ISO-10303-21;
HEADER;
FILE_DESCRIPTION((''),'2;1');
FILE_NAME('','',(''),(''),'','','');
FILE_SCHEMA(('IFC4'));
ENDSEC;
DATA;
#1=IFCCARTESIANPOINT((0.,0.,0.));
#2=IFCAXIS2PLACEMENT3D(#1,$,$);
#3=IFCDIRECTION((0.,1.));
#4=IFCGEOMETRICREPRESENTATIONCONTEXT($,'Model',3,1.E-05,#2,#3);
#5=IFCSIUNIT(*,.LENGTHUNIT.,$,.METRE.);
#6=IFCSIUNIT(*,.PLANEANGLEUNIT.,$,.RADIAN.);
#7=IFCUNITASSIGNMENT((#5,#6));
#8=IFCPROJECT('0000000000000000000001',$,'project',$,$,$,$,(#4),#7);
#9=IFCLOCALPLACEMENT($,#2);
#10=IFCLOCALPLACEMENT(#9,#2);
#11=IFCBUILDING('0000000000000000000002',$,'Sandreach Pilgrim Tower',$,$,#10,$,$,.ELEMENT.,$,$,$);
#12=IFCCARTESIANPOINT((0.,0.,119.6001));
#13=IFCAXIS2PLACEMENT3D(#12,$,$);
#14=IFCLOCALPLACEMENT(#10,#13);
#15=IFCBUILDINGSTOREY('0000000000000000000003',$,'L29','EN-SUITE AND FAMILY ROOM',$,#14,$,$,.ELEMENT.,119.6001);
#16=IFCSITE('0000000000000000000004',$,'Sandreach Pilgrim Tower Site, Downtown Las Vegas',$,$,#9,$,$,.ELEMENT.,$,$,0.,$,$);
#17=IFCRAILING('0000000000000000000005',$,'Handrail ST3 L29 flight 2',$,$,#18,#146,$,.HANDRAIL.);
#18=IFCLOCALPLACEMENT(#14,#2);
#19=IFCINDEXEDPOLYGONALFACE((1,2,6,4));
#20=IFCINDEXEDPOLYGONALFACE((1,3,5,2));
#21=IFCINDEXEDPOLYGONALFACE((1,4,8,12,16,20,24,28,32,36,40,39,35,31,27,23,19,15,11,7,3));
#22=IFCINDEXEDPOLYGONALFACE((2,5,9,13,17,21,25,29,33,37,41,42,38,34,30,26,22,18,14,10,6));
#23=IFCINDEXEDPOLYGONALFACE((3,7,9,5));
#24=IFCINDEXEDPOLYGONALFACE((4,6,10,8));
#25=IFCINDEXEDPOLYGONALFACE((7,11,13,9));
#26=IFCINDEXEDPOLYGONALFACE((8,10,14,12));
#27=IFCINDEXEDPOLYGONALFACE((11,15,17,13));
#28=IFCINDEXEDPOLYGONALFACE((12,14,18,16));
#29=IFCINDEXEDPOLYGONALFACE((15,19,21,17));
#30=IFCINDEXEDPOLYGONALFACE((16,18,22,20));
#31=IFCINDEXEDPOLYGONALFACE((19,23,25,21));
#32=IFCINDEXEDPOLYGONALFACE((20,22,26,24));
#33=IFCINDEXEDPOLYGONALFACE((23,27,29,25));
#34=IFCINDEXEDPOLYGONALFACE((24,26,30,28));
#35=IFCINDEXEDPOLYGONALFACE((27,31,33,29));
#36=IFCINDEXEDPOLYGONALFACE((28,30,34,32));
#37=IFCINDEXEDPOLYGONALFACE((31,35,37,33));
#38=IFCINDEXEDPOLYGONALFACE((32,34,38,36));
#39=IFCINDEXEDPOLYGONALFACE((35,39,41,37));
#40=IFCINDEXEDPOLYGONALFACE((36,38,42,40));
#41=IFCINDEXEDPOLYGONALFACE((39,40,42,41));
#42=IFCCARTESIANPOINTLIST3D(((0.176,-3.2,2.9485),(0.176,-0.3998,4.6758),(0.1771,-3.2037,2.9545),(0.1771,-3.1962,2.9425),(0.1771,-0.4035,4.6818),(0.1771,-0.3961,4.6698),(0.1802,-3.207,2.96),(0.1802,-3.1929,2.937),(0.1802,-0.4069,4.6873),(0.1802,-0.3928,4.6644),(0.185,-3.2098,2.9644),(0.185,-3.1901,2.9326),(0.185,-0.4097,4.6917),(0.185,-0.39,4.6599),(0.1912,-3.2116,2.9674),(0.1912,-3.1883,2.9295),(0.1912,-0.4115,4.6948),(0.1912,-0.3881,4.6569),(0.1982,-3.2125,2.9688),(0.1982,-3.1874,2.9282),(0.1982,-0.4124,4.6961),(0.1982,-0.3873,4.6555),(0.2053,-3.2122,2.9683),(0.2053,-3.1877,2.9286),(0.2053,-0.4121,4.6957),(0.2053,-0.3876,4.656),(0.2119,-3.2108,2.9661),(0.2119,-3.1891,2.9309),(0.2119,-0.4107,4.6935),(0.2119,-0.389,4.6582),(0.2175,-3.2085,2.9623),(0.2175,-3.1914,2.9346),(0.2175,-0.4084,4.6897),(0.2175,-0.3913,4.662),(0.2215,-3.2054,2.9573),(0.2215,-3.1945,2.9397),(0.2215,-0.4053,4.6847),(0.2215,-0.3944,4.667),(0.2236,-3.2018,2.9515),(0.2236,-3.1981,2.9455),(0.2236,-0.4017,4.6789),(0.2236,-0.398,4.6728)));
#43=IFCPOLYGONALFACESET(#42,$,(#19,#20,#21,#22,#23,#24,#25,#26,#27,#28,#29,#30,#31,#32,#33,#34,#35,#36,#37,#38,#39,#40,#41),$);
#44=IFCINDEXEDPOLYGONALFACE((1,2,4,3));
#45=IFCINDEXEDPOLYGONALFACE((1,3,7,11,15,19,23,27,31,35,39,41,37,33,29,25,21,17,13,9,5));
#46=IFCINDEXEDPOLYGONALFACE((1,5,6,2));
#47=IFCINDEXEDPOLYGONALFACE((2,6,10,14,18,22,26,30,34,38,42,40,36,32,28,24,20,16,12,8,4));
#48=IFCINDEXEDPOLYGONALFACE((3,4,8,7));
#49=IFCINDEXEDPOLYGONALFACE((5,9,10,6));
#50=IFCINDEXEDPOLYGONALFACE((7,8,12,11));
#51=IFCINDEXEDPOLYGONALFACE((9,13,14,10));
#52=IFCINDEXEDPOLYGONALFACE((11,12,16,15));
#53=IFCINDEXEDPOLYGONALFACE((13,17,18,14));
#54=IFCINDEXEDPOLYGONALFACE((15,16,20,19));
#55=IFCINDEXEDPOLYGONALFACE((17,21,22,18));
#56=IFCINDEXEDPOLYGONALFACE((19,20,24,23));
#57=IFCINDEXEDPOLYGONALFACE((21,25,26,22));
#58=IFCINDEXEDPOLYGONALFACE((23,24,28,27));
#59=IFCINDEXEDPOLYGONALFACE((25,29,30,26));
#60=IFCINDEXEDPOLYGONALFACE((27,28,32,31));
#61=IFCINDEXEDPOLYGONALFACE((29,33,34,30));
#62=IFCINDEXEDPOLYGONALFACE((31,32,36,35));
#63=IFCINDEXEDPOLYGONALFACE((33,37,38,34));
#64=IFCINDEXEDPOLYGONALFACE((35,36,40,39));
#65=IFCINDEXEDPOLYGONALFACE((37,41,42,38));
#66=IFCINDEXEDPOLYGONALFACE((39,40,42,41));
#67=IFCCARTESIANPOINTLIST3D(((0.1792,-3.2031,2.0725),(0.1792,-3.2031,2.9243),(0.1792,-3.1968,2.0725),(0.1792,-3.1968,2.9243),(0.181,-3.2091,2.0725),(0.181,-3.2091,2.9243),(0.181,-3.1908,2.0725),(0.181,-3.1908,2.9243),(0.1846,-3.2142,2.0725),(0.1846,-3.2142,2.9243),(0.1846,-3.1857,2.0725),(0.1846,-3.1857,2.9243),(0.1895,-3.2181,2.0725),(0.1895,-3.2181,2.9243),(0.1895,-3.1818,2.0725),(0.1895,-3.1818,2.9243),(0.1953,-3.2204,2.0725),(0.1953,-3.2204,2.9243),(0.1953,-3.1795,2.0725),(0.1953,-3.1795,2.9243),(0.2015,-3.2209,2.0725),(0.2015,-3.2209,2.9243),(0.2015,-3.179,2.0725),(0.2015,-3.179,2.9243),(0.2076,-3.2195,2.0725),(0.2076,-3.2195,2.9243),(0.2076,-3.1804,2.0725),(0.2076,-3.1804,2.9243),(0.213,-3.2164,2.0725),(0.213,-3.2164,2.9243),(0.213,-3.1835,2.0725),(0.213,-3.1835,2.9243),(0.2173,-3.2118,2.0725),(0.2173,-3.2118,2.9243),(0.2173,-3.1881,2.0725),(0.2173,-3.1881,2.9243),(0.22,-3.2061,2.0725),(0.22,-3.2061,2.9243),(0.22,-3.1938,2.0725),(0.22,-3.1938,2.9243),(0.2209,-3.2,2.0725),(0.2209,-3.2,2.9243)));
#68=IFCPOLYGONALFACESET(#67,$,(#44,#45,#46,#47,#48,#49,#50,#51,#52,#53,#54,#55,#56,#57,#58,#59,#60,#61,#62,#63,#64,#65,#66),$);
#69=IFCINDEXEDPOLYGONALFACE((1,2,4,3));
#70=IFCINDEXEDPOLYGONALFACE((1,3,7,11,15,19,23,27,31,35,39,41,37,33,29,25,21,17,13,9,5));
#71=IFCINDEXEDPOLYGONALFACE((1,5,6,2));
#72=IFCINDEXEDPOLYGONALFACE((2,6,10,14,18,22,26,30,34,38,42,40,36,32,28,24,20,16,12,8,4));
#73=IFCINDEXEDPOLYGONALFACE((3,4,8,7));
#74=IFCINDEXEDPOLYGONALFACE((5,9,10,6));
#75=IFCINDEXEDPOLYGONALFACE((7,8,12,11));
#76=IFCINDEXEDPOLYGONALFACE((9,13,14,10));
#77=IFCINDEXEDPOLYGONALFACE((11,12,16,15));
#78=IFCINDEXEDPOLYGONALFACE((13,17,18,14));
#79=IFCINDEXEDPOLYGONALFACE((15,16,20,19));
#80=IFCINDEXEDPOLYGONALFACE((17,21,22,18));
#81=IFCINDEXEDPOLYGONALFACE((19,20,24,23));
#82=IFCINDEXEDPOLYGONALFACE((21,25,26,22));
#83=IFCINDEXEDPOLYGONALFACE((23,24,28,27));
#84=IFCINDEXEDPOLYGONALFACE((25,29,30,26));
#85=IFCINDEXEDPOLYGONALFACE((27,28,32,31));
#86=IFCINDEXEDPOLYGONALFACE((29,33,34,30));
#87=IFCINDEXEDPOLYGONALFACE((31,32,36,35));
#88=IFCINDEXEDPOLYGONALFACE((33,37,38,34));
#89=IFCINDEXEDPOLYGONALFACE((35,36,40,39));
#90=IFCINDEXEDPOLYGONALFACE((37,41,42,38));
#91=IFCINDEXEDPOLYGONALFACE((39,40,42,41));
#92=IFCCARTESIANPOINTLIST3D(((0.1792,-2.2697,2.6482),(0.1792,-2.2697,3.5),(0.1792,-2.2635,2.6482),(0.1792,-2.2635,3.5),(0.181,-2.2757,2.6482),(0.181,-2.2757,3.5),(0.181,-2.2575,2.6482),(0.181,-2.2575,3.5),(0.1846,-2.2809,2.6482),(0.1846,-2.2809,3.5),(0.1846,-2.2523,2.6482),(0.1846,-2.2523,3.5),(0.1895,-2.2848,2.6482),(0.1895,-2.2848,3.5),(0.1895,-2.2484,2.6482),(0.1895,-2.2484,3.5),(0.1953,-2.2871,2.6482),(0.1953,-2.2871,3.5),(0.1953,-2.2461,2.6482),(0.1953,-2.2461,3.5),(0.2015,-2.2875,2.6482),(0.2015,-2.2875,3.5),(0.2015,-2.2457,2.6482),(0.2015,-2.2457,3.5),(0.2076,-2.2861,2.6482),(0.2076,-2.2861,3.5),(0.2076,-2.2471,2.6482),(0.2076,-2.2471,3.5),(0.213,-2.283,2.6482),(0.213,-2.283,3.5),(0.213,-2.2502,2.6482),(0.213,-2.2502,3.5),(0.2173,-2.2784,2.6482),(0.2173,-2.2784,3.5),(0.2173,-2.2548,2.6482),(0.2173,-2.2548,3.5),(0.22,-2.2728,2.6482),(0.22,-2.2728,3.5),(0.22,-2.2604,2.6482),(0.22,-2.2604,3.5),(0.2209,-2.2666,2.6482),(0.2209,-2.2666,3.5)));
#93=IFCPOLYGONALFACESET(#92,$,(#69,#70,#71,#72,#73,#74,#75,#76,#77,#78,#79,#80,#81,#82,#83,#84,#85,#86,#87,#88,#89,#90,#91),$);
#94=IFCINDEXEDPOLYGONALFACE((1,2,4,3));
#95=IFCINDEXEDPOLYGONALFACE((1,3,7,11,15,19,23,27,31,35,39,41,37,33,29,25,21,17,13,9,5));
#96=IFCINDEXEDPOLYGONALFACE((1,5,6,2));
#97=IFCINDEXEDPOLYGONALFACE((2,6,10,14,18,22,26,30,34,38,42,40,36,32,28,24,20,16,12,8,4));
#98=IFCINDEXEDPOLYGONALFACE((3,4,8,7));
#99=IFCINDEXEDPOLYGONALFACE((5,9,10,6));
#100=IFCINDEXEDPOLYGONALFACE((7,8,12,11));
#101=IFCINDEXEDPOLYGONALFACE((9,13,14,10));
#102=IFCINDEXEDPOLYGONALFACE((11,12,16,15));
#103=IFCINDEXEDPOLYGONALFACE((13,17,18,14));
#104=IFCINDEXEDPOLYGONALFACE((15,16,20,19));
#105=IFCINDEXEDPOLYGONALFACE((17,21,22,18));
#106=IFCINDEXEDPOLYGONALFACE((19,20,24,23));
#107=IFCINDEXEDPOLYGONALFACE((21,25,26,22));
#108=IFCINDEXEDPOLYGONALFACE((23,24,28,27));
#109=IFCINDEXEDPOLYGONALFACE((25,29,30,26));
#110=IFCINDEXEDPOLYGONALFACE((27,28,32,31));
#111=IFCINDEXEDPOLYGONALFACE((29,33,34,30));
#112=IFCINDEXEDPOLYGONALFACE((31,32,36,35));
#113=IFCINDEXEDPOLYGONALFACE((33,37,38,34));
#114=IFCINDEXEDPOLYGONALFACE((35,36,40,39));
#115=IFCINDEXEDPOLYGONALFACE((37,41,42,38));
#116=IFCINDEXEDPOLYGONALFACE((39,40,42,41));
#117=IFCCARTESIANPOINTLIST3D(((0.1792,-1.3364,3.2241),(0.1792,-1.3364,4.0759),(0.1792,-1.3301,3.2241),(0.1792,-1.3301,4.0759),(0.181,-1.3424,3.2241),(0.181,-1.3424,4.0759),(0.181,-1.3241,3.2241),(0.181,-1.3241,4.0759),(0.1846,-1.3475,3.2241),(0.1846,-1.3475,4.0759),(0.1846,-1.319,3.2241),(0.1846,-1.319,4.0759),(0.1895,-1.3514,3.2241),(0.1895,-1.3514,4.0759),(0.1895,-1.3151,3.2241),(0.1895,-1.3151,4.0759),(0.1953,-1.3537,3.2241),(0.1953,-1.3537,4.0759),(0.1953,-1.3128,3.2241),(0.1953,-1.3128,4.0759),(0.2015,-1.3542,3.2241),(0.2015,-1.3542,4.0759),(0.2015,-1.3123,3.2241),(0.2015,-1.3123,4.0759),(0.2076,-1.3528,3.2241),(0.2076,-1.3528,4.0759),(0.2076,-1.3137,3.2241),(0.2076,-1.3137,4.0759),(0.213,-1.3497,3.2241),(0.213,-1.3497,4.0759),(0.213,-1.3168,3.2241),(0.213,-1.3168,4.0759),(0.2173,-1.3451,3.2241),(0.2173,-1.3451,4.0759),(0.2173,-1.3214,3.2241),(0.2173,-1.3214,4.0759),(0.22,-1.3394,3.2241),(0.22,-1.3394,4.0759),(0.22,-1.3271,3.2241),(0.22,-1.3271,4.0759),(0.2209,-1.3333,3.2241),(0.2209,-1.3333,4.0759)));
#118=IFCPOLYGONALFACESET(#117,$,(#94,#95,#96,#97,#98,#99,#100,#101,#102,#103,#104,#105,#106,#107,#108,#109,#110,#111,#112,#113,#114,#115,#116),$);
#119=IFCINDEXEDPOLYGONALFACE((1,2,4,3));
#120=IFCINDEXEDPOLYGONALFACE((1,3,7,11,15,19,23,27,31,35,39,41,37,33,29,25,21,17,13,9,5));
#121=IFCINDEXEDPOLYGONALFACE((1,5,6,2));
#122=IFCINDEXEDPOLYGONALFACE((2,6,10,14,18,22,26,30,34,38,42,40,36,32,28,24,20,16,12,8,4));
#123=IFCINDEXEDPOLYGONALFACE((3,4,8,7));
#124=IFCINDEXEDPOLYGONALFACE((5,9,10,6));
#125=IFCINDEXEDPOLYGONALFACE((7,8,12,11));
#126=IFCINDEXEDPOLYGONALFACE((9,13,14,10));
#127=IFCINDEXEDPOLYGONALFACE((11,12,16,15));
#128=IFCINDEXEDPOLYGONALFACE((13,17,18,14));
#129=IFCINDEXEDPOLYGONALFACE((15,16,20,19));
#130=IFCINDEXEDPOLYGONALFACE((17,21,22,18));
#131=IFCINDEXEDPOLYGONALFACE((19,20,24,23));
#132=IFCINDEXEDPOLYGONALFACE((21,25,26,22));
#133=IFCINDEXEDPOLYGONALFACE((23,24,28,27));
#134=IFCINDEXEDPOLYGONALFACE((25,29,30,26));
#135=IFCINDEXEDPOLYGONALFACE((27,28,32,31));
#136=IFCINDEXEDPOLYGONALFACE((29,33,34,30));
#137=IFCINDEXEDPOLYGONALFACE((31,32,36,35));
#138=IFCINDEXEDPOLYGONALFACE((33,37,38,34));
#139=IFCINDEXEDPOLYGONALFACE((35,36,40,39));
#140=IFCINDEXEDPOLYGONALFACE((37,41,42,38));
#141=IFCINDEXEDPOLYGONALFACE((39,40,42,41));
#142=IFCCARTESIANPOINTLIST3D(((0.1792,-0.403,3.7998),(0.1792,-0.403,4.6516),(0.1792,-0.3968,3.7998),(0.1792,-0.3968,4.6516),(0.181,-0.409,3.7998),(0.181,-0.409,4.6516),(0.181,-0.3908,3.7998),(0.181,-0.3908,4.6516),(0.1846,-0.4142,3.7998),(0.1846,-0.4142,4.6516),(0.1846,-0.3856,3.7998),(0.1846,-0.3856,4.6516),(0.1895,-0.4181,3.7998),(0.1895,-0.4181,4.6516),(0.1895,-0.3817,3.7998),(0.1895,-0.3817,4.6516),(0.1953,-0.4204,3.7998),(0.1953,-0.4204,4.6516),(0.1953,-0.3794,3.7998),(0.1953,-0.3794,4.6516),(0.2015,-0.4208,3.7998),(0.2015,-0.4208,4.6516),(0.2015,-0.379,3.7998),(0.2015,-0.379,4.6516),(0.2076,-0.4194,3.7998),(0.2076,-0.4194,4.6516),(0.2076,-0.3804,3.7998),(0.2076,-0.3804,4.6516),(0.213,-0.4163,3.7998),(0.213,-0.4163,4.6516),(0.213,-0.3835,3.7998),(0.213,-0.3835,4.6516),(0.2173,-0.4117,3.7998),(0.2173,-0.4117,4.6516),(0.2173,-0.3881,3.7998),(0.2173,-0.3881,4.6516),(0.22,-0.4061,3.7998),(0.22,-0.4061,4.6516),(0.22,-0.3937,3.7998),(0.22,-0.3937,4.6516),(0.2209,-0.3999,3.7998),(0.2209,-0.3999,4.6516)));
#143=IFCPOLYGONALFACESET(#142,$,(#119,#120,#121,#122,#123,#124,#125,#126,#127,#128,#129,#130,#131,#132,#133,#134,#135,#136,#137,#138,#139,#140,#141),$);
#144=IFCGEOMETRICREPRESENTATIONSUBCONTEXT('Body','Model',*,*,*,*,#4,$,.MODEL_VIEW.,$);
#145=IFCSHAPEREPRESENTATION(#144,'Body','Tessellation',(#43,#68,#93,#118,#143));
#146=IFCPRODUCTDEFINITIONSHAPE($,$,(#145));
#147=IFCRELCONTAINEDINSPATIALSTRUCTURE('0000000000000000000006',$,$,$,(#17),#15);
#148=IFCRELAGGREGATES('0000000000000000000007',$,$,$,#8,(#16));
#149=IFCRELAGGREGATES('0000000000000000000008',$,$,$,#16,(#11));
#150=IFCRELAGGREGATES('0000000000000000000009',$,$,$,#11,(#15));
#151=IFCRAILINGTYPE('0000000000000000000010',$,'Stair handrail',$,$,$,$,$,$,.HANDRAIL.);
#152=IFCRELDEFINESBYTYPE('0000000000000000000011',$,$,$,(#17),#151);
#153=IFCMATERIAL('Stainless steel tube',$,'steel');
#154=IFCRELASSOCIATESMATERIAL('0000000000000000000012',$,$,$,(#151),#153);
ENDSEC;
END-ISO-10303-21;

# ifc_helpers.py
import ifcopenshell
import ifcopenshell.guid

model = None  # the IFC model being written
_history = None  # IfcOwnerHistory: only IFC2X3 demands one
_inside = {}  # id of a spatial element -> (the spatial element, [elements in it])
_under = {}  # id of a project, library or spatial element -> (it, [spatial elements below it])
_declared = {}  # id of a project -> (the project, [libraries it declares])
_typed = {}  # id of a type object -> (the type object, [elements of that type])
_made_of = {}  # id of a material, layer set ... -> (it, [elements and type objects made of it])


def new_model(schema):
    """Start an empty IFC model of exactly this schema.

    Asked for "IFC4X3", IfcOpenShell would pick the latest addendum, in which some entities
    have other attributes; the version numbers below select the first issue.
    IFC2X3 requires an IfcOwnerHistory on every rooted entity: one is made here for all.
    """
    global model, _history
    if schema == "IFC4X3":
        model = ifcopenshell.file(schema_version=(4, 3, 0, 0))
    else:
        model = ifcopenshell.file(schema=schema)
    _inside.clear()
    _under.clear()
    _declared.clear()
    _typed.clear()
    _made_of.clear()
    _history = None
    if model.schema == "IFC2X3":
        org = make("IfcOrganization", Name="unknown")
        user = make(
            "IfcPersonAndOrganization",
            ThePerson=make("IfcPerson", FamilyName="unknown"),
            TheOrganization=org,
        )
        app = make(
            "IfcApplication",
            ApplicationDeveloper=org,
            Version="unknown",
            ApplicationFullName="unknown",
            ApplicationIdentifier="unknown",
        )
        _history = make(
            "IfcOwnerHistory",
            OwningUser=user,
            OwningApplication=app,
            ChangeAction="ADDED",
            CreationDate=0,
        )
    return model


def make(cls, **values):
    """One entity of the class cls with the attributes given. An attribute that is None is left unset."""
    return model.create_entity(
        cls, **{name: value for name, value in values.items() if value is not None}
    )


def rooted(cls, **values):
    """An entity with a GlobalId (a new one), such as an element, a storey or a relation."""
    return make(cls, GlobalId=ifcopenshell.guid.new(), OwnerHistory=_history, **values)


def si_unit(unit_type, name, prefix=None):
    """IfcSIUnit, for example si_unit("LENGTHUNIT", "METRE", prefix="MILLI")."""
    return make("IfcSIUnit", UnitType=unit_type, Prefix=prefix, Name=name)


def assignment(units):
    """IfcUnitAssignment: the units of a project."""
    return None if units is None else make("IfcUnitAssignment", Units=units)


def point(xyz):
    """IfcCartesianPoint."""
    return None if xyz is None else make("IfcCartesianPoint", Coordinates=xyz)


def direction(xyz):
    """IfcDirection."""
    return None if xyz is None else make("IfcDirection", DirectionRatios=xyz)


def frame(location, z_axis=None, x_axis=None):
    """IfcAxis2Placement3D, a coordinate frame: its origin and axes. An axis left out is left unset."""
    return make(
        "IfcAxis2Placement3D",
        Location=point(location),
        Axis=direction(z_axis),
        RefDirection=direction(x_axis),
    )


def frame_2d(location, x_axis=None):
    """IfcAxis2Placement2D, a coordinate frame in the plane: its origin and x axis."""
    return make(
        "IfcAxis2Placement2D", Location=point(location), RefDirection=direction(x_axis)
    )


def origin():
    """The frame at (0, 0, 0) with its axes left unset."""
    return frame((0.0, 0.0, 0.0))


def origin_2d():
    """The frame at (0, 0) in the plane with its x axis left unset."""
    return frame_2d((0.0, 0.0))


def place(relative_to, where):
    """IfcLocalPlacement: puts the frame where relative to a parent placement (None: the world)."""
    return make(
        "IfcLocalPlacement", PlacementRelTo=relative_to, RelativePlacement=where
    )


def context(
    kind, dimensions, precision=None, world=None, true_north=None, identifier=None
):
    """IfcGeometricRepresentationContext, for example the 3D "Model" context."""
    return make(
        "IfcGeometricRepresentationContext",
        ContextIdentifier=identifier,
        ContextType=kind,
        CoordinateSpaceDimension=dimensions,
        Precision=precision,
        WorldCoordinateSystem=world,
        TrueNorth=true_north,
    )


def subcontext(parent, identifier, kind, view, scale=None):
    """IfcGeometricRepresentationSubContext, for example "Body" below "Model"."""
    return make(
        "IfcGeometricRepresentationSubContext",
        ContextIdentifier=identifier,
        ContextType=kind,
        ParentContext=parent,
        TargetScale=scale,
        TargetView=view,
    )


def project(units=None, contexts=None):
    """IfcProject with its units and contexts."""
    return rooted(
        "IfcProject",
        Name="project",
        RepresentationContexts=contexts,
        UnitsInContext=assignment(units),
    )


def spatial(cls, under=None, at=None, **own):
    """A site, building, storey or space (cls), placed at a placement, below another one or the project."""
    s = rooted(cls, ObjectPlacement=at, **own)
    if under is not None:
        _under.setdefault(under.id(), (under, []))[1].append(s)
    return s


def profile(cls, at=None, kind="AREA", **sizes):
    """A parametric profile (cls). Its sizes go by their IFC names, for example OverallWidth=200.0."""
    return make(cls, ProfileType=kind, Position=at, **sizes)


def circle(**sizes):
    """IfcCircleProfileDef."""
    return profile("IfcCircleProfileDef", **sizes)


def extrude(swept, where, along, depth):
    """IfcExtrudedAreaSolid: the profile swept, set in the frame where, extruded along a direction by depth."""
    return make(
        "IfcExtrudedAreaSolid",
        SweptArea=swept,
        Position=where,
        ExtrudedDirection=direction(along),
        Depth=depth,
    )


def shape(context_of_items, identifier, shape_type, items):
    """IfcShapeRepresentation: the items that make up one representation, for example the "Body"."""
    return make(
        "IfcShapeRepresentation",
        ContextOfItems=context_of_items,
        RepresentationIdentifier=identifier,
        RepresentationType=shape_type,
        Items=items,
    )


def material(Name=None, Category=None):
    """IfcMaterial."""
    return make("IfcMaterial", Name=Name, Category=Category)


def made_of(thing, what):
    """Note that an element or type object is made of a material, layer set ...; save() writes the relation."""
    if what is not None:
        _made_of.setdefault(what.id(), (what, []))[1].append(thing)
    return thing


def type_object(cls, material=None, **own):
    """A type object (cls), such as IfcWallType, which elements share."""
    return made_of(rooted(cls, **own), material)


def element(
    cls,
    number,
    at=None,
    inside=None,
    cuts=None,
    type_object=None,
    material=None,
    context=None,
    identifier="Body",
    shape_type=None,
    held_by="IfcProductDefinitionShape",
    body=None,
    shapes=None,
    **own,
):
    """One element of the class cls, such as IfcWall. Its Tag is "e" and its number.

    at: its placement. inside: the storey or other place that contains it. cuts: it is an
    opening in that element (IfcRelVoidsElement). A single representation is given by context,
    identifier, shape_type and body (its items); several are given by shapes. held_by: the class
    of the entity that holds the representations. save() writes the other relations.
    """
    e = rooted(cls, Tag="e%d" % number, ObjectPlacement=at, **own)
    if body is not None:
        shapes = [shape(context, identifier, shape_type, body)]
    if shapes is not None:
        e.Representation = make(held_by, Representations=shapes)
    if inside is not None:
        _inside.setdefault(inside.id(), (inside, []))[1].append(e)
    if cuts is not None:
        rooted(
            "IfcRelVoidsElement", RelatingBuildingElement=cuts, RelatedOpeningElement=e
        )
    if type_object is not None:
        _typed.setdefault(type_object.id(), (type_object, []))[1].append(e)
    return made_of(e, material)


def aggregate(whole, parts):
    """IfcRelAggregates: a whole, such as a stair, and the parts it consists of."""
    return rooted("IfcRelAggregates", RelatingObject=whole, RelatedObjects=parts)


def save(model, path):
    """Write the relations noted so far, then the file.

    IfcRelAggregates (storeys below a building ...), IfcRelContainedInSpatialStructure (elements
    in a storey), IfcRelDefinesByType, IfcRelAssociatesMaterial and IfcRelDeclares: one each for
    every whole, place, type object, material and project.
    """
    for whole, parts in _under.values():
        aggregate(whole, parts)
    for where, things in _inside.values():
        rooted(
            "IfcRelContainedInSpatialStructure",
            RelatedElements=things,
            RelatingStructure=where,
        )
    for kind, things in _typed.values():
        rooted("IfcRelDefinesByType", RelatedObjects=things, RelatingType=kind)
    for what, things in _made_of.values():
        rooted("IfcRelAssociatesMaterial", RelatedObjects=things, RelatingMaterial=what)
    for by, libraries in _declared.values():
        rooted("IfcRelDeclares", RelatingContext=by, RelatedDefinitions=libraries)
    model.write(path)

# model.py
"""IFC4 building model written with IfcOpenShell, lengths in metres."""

from ifc_helpers import new_model, si_unit, direction, frame, origin, origin_2d, place, context, subcontext, project, spatial, circle, extrude, material, type_object, element, save


model = new_model("IFC4")

# Units and contexts
model_context = context("Model", 3, precision=1e-05, world=origin(), true_north=direction((0.0, 1.0)))
body_context = subcontext(model_context, "Body", "Model", "MODEL_VIEW")
ifc_project = project(units=[si_unit("LENGTHUNIT", "METRE"), si_unit("PLANEANGLEUNIT", "RADIAN")], contexts=[model_context])

# Site, building, storey
site_placement = place(None, origin())
site = spatial("IfcSite", under=ifc_project, at=site_placement, Name="Sandreach Pilgrim Tower Site, Downtown Las Vegas", CompositionType="ELEMENT", RefElevation=0.0)
building_placement = place(site_placement, origin())
building = spatial("IfcBuilding", under=site, at=building_placement, Name="Sandreach Pilgrim Tower", CompositionType="ELEMENT")
storey_placement = place(building_placement, frame((0.0, 0.0, 119.6001)))
storey = spatial("IfcBuildingStorey", under=building, at=storey_placement, Name="L29", Description="EN-SUITE AND FAMILY ROOM", CompositionType="ELEMENT", Elevation=119.6001)

# Railing
ifc_material_1 = material(Name="Stainless steel tube", Category="steel")
railing_type = type_object("IfcRailingType", Name="Stair handrail", PredefinedType="HANDRAIL", material=ifc_material_1)
for number, where, name in (
    (1, (0.2, -3.2, 2.0725), "Handrail ST3 L29 flight 2"),
):
    element("IfcRailing", number, at=place(storey_placement, frame(where)), inside=storey, type_object=railing_type, Name=name, PredefinedType="HANDRAIL", context=body_context, shape_type="SweptSolid", body=[
        extrude(circle(Radius=0.0239, at=origin_2d()), frame((0.0, 0.0, 0.876), z_axis=(0.0, 0.85109, 0.52502), x_axis=(-1.0, 0.0, 0.0)), (0.0, 0.0, 1.0), 3.29),
        extrude(circle(Radius=0.021, at=origin_2d()), origin(), (0.0, 0.0, 1.0), 0.8518),
        extrude(circle(Radius=0.021, at=origin_2d()), frame((0.0, 0.9333, 0.5757)), (0.0, 0.0, 1.0), 0.8518),
        extrude(circle(Radius=0.021, at=origin_2d()), frame((0.0, 1.8667, 1.1516)), (0.0, 0.0, 1.0), 0.8518),
        extrude(circle(Radius=0.021, at=origin_2d()), frame((0.0, 2.8, 1.7273)), (0.0, 0.0, 1.0), 0.8518),
    ])

save(model, "model.ifc")
